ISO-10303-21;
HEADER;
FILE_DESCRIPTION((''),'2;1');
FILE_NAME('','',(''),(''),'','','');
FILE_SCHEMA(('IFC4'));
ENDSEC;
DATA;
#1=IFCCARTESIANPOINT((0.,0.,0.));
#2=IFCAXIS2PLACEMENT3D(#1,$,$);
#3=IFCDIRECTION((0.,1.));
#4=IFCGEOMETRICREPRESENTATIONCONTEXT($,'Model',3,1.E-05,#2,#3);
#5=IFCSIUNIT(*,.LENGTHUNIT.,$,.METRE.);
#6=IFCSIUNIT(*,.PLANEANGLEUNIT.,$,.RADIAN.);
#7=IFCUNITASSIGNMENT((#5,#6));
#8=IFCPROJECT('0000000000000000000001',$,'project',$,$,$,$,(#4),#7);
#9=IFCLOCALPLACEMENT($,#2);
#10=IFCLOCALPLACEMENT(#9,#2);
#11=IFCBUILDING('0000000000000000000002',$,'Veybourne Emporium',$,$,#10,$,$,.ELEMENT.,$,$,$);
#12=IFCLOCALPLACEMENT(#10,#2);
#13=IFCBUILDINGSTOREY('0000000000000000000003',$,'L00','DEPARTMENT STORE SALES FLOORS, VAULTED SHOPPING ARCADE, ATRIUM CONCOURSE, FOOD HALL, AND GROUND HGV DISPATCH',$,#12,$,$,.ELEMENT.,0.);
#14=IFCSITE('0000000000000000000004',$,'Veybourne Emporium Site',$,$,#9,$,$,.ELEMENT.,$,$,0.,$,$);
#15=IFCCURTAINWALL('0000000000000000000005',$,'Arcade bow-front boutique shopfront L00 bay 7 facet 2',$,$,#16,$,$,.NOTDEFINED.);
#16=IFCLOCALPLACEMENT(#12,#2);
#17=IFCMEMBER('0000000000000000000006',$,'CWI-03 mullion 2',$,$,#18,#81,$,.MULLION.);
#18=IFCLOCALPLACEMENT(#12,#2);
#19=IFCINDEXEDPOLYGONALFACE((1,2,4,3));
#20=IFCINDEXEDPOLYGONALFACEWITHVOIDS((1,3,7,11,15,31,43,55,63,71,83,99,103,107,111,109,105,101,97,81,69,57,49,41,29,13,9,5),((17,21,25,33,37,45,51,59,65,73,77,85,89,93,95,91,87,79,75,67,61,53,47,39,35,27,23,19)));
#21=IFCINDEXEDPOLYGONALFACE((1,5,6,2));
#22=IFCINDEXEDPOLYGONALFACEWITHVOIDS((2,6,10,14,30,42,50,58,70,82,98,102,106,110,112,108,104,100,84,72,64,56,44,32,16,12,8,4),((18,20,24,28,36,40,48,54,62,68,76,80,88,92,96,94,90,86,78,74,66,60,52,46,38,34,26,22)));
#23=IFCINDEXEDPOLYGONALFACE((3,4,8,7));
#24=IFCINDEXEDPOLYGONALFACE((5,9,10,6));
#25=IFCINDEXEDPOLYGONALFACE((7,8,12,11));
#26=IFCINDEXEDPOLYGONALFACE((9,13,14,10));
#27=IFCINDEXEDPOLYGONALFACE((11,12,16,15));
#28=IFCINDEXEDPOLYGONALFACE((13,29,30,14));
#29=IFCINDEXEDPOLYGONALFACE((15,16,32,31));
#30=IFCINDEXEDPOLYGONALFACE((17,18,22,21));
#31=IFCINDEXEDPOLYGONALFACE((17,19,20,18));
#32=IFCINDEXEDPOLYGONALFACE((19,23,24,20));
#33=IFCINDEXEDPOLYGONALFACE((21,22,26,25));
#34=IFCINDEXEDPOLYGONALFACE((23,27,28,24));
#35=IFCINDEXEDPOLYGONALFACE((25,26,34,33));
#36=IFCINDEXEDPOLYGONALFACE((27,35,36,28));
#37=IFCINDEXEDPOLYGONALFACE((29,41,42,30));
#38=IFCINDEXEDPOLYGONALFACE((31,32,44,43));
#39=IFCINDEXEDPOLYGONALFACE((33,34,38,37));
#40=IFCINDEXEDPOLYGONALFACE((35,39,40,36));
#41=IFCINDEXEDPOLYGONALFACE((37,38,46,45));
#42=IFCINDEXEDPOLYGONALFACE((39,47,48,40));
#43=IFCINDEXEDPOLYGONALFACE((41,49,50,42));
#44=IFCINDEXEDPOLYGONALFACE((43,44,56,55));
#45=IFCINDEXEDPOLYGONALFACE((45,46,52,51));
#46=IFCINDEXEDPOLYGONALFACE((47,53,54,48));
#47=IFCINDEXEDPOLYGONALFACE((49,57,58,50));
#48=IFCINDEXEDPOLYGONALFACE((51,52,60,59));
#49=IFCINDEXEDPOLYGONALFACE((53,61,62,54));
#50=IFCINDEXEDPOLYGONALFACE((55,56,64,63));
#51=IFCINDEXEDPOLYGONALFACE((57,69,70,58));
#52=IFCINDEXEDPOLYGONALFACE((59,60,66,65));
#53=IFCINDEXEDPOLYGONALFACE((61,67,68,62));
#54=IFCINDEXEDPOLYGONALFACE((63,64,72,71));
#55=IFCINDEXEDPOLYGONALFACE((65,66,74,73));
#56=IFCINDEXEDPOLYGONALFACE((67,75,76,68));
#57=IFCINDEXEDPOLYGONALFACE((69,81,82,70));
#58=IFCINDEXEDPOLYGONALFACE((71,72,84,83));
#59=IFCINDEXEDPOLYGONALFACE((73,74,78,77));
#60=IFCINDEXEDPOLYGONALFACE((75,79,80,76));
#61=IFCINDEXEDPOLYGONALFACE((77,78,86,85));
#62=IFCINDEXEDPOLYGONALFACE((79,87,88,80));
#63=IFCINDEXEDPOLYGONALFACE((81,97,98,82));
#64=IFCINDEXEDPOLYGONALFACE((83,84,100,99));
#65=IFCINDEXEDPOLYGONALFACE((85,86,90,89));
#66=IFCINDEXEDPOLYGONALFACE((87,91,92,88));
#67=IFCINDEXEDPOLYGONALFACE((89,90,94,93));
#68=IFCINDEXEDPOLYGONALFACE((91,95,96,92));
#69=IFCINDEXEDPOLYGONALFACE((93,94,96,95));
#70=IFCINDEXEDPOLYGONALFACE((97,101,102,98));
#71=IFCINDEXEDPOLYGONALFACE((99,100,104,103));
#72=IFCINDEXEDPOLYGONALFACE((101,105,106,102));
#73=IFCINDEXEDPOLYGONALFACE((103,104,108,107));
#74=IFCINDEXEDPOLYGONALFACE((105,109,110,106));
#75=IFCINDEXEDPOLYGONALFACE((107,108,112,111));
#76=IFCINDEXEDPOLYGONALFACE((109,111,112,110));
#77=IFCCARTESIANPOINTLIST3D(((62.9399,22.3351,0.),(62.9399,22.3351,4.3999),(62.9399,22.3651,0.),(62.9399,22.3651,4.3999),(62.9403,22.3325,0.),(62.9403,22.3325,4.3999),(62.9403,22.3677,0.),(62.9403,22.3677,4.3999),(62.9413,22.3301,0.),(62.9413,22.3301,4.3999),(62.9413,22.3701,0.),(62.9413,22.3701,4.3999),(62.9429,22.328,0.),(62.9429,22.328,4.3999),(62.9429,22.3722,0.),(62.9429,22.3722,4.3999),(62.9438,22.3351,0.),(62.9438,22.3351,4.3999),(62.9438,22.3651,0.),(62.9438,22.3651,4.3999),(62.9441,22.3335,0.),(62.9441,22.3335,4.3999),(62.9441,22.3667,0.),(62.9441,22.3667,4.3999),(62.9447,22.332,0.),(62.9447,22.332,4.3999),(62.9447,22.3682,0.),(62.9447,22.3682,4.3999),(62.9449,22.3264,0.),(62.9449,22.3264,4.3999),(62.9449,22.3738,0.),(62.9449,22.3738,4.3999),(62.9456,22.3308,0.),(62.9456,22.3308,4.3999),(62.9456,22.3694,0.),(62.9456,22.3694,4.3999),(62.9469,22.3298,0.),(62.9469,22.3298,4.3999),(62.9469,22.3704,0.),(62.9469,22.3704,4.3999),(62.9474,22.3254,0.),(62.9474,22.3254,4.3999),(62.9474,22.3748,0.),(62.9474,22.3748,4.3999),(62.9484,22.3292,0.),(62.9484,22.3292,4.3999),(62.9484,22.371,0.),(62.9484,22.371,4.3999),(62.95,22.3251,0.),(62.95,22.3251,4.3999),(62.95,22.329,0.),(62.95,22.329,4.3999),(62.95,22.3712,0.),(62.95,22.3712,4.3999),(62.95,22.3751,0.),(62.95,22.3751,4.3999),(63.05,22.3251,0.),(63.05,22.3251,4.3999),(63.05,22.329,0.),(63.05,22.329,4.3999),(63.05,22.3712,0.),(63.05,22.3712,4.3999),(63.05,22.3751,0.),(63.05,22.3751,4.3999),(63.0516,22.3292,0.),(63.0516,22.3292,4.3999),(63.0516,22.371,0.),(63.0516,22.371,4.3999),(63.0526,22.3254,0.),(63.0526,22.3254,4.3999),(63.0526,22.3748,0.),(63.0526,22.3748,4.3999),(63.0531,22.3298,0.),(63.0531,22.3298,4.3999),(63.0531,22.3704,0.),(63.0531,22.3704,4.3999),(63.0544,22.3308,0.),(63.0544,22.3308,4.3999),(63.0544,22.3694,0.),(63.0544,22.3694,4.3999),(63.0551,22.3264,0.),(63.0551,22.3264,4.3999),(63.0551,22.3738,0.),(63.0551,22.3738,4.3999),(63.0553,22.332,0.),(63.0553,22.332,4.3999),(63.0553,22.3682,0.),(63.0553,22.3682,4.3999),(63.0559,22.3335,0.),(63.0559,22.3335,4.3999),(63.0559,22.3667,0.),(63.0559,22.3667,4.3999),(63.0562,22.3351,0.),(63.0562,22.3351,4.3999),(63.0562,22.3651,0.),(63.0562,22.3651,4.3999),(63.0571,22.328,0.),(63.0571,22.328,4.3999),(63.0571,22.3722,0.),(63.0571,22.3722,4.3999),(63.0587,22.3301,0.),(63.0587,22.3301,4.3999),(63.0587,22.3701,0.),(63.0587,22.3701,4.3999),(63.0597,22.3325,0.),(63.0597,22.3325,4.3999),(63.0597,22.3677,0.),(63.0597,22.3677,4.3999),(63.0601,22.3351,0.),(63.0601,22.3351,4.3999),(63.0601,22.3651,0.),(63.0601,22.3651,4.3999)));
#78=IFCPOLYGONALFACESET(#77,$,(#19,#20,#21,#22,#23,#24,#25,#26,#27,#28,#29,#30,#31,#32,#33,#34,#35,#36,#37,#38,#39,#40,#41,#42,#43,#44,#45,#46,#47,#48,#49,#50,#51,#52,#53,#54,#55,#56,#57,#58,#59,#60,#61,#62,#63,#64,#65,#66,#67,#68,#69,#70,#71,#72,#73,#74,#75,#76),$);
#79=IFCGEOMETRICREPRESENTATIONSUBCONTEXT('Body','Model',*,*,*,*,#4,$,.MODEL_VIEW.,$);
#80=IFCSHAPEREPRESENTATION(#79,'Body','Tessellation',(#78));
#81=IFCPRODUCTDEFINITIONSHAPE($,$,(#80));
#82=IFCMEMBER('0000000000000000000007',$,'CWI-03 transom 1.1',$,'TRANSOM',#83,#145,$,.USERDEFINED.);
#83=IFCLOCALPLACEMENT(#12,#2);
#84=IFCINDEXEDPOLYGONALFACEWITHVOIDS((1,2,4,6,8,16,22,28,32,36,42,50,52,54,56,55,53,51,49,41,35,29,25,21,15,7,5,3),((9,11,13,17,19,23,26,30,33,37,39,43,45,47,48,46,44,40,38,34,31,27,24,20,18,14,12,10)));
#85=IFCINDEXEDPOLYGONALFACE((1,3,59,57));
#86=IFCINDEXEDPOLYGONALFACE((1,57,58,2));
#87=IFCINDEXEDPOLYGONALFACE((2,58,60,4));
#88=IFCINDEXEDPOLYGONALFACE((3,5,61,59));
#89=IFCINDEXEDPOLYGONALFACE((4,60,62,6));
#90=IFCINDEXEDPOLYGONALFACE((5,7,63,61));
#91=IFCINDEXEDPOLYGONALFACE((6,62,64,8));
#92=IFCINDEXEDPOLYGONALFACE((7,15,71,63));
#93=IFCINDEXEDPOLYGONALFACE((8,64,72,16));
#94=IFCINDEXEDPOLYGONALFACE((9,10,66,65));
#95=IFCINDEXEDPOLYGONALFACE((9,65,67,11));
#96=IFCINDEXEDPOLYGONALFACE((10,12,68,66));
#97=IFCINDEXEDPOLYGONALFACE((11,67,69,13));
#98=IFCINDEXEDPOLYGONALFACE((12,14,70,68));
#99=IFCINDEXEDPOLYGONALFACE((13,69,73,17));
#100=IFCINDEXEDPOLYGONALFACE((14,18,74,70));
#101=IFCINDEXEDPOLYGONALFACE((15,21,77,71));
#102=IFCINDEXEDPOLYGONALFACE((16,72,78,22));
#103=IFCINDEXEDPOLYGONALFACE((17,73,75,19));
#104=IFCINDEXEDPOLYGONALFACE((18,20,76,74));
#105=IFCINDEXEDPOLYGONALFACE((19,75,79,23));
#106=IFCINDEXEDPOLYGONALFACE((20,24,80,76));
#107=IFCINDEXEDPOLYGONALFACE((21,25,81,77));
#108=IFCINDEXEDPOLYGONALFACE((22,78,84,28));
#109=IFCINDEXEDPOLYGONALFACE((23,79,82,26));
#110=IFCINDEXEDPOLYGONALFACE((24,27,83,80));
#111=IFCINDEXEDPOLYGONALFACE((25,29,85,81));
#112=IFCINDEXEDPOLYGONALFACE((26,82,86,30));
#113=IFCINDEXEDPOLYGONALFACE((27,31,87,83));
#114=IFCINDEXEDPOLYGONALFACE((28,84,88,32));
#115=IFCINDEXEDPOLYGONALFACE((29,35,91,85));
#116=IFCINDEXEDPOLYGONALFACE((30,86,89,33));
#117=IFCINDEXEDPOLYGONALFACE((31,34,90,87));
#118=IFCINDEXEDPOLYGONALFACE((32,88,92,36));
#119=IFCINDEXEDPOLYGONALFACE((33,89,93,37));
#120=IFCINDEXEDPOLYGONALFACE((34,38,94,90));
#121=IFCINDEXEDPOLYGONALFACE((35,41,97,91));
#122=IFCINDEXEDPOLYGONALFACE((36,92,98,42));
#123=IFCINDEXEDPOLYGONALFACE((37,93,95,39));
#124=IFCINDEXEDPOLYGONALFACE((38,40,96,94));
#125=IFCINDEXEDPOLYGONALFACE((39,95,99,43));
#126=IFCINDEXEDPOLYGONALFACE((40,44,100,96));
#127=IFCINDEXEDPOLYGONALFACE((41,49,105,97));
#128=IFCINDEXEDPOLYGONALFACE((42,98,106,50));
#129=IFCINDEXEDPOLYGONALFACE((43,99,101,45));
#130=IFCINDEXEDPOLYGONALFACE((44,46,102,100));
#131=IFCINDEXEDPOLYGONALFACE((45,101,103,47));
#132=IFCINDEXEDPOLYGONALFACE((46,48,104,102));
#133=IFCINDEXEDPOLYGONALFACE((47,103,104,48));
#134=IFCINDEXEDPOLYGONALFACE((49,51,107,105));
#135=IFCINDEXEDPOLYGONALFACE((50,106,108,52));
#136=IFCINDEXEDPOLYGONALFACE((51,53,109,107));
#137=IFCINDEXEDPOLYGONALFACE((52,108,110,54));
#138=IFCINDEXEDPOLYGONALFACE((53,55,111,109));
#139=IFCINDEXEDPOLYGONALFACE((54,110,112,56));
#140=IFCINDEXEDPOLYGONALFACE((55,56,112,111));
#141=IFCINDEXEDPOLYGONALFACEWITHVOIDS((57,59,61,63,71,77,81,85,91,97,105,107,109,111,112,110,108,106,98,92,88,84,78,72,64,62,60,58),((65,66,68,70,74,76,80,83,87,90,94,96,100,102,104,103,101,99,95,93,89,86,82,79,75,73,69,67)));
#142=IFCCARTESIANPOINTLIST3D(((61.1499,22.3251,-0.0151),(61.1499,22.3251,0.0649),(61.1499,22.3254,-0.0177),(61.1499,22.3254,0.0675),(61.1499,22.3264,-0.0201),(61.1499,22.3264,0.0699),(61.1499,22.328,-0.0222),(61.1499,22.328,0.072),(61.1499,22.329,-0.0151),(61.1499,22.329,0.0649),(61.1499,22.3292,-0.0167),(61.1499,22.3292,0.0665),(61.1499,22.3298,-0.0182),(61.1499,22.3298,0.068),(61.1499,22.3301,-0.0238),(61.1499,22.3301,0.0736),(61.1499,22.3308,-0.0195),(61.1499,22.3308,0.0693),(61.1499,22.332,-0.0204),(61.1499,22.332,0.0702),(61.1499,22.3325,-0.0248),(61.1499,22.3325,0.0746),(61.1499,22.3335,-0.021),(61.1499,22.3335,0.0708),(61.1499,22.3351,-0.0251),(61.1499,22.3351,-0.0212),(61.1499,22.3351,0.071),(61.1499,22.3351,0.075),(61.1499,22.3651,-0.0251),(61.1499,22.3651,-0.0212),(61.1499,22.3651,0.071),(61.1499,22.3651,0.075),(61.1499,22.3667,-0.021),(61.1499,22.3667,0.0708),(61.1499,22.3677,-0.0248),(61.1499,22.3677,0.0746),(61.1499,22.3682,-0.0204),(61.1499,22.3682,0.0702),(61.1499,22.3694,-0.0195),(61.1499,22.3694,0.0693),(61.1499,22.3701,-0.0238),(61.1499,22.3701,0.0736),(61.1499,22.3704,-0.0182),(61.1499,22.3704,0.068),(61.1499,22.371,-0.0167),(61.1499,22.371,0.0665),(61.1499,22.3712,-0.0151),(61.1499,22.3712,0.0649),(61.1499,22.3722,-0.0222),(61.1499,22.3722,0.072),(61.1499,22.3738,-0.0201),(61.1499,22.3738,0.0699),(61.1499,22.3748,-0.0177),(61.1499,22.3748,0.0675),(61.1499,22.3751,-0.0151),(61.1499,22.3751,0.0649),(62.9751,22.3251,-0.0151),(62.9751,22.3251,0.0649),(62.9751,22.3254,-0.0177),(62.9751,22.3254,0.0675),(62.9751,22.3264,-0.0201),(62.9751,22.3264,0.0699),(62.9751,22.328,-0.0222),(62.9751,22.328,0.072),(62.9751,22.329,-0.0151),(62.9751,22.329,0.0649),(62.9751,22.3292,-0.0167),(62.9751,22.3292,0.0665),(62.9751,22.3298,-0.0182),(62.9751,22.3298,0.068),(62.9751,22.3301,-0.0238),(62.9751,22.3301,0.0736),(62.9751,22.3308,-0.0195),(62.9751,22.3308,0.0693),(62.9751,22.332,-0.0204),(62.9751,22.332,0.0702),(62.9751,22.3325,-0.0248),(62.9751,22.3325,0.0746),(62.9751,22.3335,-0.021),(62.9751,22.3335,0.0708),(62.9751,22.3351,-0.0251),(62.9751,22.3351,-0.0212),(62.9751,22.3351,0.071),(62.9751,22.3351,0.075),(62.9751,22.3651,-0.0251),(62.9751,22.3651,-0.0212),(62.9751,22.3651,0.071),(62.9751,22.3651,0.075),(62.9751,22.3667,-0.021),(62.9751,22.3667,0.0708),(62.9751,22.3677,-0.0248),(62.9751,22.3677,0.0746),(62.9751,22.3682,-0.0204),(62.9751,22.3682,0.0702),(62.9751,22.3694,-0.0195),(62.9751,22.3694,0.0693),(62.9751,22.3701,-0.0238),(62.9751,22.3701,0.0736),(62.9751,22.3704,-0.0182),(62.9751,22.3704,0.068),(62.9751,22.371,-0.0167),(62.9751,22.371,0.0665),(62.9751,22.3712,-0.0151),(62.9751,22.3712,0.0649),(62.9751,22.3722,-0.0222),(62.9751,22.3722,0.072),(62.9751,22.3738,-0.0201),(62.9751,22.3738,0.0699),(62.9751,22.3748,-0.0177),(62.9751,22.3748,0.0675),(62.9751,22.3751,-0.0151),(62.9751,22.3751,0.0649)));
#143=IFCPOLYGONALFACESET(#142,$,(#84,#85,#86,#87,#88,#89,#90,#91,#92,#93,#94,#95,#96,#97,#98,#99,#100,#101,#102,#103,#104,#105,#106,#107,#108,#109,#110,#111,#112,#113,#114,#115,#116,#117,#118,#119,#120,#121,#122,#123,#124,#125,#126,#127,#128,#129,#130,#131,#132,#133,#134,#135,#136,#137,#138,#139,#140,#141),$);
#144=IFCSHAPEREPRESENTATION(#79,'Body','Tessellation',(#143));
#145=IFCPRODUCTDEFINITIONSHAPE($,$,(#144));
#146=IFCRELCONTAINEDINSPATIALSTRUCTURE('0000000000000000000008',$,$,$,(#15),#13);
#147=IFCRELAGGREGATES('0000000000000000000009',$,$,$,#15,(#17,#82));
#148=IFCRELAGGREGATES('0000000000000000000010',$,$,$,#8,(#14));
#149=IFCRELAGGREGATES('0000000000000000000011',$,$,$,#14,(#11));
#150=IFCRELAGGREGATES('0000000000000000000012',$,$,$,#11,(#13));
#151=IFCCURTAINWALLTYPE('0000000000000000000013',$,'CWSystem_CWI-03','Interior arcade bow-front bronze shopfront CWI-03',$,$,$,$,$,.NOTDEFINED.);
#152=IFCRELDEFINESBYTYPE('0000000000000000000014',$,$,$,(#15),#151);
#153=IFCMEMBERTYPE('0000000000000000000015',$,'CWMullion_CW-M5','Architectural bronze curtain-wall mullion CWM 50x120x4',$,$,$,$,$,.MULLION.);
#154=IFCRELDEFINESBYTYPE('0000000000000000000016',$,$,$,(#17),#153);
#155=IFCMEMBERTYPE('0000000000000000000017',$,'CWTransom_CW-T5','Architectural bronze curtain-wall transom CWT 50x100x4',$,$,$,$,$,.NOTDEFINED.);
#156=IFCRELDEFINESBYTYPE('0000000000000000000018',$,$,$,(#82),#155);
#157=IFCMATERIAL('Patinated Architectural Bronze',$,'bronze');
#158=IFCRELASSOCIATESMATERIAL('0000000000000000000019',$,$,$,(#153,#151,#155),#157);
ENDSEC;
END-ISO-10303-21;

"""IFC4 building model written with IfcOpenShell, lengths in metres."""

from ifc_helpers import new_model, si_unit, direction, frame, origin, origin_2d, place, context, subcontext, project, spatial, hollow_rectangle, extrude, material, material_profile, profile_set, type_object, element, aggregate, save


model = new_model("IFC4")

# Units and contexts
model_context = context("Model", 3, precision=1e-05, world=origin(), true_north=direction((0.0, 1.0)))
body_context = subcontext(model_context, "Body", "Model", "MODEL_VIEW")
ifc_project = project(units=[si_unit("LENGTHUNIT", "METRE"), si_unit("PLANEANGLEUNIT", "RADIAN")], contexts=[model_context])

# Site, building, storey
site_placement = place(None, origin())
site = spatial("IfcSite", under=ifc_project, at=site_placement, Name="Veybourne Emporium Site", CompositionType="ELEMENT", RefElevation=0.0)
building_placement = place(site_placement, origin())
building = spatial("IfcBuilding", under=site, at=building_placement, Name="Veybourne Emporium", CompositionType="ELEMENT")
storey_placement = place(building_placement, origin())
storey = spatial("IfcBuildingStorey", under=building, at=storey_placement, Name="L00", Description="DEPARTMENT STORE SALES FLOORS, VAULTED SHOPPING ARCADE, ATRIUM CONCOURSE, FOOD HALL, AND GROUND HGV DISPATCH", CompositionType="ELEMENT", Elevation=0.0)

# Shared definitions
ifc_material_1 = material(Name="Patinated Architectural Bronze", Category="bronze")
ifc_material_profile_1 = material_profile(ifc_material_1, hollow_rectangle(XDim=0.05, YDim=0.1201, WallThickness=0.0039, InnerFilletRadius=0.0061, OuterFilletRadius=0.01, at=origin_2d()), Name="CWM 50x120x4")
ifc_profile_set_1 = profile_set([ifc_material_profile_1], Name="Patinated Architectural Bronze")
member_type_1 = type_object("IfcMemberType", Name="CWMullion_CW-M5", Description="Architectural bronze curtain-wall mullion CWM 50x120x4", PredefinedType="MULLION", material=ifc_profile_set_1)

# Curtain wall, members
curtain_wall_type_1 = type_object("IfcCurtainWallType", Name="CWSystem_CWI-03", Description="Interior arcade bow-front bronze shopfront CWI-03", PredefinedType="NOTDEFINED", material=ifc_material_1)
curtain_wall_1_placement = place(storey_placement, origin())
curtain_wall_1 = element("IfcCurtainWall", 1, at=curtain_wall_1_placement, inside=storey, type_object=curtain_wall_type_1, Name="Arcade bow-front boutique shopfront L00 bay 7 facet 2", PredefinedType="NOTDEFINED")
member_1_placement = place(storey_placement, frame((63.0, 22.3501, 0.0), z_axis=(0.0, 0.0, 1.0), x_axis=(0.0, 1.0, 0.0)))
member_1 = element("IfcMember", 2, at=member_1_placement, type_object=member_type_1, Name="CWI-03 mullion 2", PredefinedType="MULLION", context=body_context, shape_type="SweptSolid", body=[
    extrude(hollow_rectangle(XDim=0.05, YDim=0.1201, WallThickness=0.0039, InnerFilletRadius=0.0061, OuterFilletRadius=0.01, at=origin_2d()), origin(), (0.0, 0.0, 1.0), 4.3999),
])
ifc_material_profile_2 = material_profile(ifc_material_1, hollow_rectangle(XDim=0.05, YDim=0.1001, WallThickness=0.0039, InnerFilletRadius=0.0061, OuterFilletRadius=0.01, at=origin_2d()), Name="CWT 50x100x4")
ifc_profile_set_2 = profile_set([ifc_material_profile_2], Name="Patinated Architectural Bronze")
member_type_2 = type_object("IfcMemberType", Name="CWTransom_CW-T5", Description="Architectural bronze curtain-wall transom CWT 50x100x4", PredefinedType="NOTDEFINED", material=ifc_profile_set_2)
member_2_placement = place(storey_placement, frame((61.1499, 22.3501, 0.0249), z_axis=(1.0, 0.0, 0.0), x_axis=(0.0, 1.0, 0.0)))
member_2 = element("IfcMember", 3, at=member_2_placement, type_object=member_type_2, Name="CWI-03 transom 1.1", ObjectType="TRANSOM", PredefinedType="USERDEFINED", context=body_context, shape_type="SweptSolid", body=[
    extrude(hollow_rectangle(XDim=0.05, YDim=0.1001, WallThickness=0.0039, InnerFilletRadius=0.0061, OuterFilletRadius=0.01, at=origin_2d()), origin(), (0.0, 0.0, 1.0), 1.8252),
])

aggregate(curtain_wall_1, [member_1, member_2])

save(model, "model.ifc")
